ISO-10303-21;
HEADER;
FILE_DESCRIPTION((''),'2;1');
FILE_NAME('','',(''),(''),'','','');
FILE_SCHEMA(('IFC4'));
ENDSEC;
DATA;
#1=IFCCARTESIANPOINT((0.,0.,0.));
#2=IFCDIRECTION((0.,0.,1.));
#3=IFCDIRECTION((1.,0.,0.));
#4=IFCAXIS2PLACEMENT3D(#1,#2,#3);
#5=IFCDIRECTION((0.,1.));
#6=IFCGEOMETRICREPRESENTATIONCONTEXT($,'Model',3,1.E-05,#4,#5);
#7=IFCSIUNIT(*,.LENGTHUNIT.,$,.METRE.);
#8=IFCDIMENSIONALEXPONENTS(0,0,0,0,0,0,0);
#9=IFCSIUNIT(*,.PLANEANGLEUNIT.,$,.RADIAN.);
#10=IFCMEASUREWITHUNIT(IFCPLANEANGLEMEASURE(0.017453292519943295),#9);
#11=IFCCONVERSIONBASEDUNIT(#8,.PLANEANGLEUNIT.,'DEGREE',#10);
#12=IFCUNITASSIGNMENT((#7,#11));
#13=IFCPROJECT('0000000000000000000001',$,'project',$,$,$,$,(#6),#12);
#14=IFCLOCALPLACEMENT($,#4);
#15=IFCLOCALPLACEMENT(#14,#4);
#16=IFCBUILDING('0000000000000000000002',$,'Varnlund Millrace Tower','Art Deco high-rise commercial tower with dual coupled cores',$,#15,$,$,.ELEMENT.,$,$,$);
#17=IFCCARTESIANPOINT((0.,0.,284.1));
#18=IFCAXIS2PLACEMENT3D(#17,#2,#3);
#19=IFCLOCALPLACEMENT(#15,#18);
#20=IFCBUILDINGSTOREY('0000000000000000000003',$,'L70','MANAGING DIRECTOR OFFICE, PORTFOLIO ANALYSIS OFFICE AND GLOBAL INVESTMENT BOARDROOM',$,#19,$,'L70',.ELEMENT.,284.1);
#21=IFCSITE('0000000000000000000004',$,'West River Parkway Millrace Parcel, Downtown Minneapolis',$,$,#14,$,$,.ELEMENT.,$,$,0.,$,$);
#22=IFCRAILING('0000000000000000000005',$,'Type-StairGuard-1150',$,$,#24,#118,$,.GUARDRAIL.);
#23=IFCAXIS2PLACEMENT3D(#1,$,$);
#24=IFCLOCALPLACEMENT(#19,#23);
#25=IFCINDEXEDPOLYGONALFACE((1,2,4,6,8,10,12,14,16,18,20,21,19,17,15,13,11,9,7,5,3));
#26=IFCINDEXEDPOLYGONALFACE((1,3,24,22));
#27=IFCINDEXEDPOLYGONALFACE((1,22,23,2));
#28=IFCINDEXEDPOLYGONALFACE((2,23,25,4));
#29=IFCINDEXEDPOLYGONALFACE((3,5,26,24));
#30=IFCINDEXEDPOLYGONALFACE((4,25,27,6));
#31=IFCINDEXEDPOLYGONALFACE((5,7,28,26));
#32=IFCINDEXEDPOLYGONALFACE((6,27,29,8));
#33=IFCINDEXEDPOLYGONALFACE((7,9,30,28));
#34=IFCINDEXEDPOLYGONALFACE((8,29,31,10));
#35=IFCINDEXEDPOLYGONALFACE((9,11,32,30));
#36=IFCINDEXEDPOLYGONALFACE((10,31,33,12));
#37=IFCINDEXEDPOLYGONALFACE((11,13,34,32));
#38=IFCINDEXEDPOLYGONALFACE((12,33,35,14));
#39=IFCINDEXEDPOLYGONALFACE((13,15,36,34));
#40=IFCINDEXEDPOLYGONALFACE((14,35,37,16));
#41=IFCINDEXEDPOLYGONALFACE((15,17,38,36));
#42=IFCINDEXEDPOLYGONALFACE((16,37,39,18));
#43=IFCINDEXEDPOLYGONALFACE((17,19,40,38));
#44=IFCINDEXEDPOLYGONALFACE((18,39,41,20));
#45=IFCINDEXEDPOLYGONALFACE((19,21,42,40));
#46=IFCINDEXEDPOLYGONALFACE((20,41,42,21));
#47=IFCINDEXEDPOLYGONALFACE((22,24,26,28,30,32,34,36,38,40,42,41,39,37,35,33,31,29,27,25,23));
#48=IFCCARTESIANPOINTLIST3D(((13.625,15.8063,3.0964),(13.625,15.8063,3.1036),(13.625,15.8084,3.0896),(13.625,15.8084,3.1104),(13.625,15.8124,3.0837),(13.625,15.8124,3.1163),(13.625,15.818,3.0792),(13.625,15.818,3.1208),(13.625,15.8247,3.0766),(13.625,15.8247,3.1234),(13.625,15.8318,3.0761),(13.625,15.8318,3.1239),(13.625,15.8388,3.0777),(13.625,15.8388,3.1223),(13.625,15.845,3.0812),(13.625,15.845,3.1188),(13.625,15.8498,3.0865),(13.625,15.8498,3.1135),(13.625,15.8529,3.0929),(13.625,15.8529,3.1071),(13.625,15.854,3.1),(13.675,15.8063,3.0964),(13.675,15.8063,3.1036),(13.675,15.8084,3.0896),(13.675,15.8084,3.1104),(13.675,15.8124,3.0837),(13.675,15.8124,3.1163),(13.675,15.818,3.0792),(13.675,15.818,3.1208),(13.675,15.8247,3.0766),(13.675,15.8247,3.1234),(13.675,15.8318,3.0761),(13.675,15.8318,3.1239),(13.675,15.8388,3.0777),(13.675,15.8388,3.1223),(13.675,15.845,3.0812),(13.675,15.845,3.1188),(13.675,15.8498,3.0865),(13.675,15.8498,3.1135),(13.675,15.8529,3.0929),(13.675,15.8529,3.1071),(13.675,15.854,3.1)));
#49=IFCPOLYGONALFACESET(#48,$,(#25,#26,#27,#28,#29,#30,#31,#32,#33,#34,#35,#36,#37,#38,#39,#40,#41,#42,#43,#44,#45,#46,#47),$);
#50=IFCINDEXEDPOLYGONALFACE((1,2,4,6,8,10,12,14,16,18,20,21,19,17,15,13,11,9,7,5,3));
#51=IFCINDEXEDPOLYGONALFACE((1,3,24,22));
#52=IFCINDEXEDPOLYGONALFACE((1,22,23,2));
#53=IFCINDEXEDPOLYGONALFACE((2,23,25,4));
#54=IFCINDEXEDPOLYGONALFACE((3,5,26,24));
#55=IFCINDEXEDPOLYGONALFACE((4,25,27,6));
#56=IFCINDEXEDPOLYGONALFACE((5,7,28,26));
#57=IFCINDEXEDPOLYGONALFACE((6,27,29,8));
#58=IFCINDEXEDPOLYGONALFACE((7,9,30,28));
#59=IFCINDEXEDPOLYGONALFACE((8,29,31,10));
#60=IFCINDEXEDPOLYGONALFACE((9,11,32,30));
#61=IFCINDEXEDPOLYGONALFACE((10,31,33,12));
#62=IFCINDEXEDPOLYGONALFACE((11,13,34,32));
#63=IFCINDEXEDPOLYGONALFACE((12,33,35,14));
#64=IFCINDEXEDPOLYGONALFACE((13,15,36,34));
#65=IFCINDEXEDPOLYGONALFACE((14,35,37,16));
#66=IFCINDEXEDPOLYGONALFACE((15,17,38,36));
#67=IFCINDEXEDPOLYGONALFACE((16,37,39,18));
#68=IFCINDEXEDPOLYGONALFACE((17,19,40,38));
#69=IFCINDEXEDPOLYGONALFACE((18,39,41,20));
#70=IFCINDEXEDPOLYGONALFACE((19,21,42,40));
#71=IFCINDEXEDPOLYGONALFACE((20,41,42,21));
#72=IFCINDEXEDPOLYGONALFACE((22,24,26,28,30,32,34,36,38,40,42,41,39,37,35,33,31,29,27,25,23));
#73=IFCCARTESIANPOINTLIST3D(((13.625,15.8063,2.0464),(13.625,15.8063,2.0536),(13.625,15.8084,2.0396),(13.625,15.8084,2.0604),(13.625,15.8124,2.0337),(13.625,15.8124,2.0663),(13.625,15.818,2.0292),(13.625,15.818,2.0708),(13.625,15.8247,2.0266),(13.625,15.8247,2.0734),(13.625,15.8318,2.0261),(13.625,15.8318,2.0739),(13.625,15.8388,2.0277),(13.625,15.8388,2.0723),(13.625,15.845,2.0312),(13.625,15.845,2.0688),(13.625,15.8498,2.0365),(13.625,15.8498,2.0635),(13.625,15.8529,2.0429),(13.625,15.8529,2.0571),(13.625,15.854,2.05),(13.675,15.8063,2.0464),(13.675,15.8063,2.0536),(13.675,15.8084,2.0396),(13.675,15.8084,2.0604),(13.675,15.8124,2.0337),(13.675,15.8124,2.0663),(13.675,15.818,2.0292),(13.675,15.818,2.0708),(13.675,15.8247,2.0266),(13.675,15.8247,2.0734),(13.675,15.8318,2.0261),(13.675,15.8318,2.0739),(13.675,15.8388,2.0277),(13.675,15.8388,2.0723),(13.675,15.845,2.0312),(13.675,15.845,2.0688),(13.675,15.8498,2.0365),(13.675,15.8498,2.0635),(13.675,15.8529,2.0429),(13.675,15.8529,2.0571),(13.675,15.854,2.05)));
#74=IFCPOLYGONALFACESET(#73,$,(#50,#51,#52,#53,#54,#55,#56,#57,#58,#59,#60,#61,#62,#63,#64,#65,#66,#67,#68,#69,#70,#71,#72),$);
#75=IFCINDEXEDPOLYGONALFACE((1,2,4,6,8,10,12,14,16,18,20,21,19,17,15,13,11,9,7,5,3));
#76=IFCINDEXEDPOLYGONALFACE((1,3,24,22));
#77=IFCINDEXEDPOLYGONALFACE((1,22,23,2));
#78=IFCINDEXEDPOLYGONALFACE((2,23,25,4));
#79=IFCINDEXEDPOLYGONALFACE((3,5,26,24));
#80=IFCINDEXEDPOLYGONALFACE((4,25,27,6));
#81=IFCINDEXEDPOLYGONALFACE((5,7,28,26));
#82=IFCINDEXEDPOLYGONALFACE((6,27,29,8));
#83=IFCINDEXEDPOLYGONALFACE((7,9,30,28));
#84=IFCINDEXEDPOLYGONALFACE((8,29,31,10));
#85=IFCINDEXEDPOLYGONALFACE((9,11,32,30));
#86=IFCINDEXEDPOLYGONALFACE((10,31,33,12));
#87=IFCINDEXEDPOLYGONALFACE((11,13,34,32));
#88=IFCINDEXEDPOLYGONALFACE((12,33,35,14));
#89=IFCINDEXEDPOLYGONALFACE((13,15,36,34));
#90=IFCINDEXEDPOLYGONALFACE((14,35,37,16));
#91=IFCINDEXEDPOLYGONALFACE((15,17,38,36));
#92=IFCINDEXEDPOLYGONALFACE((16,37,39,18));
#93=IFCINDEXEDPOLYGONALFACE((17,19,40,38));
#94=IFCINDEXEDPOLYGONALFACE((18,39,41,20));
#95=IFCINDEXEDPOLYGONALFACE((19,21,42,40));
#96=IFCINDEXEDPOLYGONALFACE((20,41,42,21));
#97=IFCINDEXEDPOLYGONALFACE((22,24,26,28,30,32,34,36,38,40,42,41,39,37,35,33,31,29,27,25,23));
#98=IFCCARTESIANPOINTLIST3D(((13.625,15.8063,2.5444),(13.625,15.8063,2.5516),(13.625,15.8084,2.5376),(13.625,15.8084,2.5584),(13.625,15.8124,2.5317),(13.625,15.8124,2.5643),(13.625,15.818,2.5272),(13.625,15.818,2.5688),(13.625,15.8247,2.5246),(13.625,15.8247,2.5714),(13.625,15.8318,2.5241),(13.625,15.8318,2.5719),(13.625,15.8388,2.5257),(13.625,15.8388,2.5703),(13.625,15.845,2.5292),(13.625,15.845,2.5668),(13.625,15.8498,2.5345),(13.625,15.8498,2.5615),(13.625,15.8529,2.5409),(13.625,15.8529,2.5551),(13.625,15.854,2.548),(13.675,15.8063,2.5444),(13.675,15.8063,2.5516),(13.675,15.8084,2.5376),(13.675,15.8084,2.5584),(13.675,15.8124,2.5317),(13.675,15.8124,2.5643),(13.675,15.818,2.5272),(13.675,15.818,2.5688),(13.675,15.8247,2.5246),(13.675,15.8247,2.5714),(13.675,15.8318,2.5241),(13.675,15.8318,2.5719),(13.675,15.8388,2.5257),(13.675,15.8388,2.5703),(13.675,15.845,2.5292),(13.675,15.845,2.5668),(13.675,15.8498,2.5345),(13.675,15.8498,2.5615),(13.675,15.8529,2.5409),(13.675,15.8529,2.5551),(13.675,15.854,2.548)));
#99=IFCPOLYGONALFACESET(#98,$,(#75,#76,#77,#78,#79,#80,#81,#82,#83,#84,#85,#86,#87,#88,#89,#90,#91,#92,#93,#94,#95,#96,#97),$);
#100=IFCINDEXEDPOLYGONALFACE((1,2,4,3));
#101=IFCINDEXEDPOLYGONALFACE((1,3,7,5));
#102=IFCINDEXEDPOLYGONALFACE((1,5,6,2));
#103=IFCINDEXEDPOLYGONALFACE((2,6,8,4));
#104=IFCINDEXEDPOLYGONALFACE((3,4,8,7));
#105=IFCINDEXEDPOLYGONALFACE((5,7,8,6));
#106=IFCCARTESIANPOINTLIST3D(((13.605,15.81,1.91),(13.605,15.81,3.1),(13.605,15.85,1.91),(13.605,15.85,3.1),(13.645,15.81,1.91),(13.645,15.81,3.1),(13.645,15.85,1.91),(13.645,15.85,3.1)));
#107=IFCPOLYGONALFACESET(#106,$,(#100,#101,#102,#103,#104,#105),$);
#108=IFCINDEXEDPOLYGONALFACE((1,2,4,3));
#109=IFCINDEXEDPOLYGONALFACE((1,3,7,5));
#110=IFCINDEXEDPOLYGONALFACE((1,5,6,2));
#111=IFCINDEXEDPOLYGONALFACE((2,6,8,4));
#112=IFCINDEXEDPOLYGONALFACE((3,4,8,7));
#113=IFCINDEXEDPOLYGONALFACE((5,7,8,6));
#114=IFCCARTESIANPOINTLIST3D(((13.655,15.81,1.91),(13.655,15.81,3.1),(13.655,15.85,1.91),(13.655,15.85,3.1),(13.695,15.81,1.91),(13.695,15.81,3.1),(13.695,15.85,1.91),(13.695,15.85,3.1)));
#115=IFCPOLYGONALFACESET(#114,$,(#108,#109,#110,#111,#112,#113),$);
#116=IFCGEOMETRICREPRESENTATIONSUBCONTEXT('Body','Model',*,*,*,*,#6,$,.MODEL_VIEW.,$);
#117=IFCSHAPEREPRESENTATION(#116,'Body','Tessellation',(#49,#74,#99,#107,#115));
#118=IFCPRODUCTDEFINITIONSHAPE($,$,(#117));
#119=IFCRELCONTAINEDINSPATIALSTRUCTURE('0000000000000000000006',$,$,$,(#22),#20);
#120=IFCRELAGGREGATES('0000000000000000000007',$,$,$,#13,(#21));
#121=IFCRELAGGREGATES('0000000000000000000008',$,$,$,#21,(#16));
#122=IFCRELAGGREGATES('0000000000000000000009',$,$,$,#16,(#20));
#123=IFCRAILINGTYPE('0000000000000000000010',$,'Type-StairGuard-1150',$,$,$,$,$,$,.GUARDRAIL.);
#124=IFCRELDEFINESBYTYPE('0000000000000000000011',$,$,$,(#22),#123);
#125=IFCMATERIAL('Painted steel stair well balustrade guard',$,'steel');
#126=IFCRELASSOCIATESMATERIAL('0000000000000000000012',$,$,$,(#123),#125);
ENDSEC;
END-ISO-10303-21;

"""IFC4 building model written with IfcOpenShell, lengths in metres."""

from ifc_helpers import new_model, entity, si_unit, converted_unit, direction, frame, origin_with_axes, origin_2d_with_axis, place, context, subcontext, project, spatial, rectangle, circle, extrude, material, type_object, element, save


model = new_model("IFC4")

# Units and contexts
model_context = context("Model", 3, precision=1e-05, world=origin_with_axes(), true_north=direction((0.0, 1.0)))
body_context = subcontext(model_context, "Body", "Model", "MODEL_VIEW")
ifc_project = project(units=[si_unit("LENGTHUNIT", "METRE"), converted_unit("PLANEANGLEUNIT", "DEGREE", entity("IfcPlaneAngleMeasure", 0.017453292519943295), si_unit("PLANEANGLEUNIT", "RADIAN"), dimensions=[0, 0, 0, 0, 0, 0, 0])], contexts=[model_context])

# Site, building, storey
site_placement = place(None, origin_with_axes())
site = spatial("IfcSite", under=ifc_project, at=site_placement, Name="West River Parkway Millrace Parcel, Downtown Minneapolis", CompositionType="ELEMENT", RefElevation=0.0)
building_placement = place(site_placement, origin_with_axes())
building = spatial("IfcBuilding", under=site, at=building_placement, Name="Varnlund Millrace Tower", Description="Art Deco high-rise commercial tower with dual coupled cores", CompositionType="ELEMENT")
storey_placement = place(building_placement, frame((0.0, 0.0, 284.1), z_axis=(0.0, 0.0, 1.0), x_axis=(1.0, 0.0, 0.0)))
storey = spatial("IfcBuildingStorey", under=building, at=storey_placement, Name="L70", Description="MANAGING DIRECTOR OFFICE, PORTFOLIO ANALYSIS OFFICE AND GLOBAL INVESTMENT BOARDROOM", LongName="L70", CompositionType="ELEMENT", Elevation=284.1)

# Railing
ifc_material_1 = material(Name="Painted steel stair well balustrade guard", Category="steel")
railing_type_1 = type_object("IfcRailingType", Name="Type-StairGuard-1150", PredefinedType="GUARDRAIL", material=ifc_material_1)
railing_1_placement = place(storey_placement, frame((0.0, 0.0, -284.1), z_axis=(0.0, 0.0, 1.0), x_axis=(1.0, 0.0, 0.0)))
element("IfcRailing", 1, at=railing_1_placement, inside=storey, type_object=railing_type_1, Name="Type-StairGuard-1150", PredefinedType="GUARDRAIL", context=body_context, shape_type="SweptSolid", body=[
    extrude(circle(Radius=0.024, at=origin_2d_with_axis()), frame((13.625, 15.83, 287.2), z_axis=(1.0, 0.0, 0.0), x_axis=(0.0, 1.0, 0.0)), (0.0, 0.0, 1.0), 0.05),
    extrude(circle(Radius=0.024, at=origin_2d_with_axis()), frame((13.625, 15.83, 286.15), z_axis=(1.0, 0.0, 0.0), x_axis=(0.0, 1.0, 0.0)), (0.0, 0.0, 1.0), 0.05),
    extrude(circle(Radius=0.024, at=origin_2d_with_axis()), frame((13.625, 15.83, 286.648), z_axis=(1.0, 0.0, 0.0), x_axis=(0.0, 1.0, 0.0)), (0.0, 0.0, 1.0), 0.05),
    extrude(rectangle(XDim=0.04, YDim=0.04, at=origin_2d_with_axis()), frame((13.625, 15.83, 286.01), z_axis=(0.0, 0.0, 1.0), x_axis=(1.0, 0.0, 0.0)), (0.0, 0.0, 1.0), 1.19),
    extrude(rectangle(XDim=0.04, YDim=0.04, at=origin_2d_with_axis()), frame((13.675, 15.83, 286.01), z_axis=(0.0, 0.0, 1.0), x_axis=(1.0, 0.0, 0.0)), (0.0, 0.0, 1.0), 1.19),
])

save(model, "model.ifc")
